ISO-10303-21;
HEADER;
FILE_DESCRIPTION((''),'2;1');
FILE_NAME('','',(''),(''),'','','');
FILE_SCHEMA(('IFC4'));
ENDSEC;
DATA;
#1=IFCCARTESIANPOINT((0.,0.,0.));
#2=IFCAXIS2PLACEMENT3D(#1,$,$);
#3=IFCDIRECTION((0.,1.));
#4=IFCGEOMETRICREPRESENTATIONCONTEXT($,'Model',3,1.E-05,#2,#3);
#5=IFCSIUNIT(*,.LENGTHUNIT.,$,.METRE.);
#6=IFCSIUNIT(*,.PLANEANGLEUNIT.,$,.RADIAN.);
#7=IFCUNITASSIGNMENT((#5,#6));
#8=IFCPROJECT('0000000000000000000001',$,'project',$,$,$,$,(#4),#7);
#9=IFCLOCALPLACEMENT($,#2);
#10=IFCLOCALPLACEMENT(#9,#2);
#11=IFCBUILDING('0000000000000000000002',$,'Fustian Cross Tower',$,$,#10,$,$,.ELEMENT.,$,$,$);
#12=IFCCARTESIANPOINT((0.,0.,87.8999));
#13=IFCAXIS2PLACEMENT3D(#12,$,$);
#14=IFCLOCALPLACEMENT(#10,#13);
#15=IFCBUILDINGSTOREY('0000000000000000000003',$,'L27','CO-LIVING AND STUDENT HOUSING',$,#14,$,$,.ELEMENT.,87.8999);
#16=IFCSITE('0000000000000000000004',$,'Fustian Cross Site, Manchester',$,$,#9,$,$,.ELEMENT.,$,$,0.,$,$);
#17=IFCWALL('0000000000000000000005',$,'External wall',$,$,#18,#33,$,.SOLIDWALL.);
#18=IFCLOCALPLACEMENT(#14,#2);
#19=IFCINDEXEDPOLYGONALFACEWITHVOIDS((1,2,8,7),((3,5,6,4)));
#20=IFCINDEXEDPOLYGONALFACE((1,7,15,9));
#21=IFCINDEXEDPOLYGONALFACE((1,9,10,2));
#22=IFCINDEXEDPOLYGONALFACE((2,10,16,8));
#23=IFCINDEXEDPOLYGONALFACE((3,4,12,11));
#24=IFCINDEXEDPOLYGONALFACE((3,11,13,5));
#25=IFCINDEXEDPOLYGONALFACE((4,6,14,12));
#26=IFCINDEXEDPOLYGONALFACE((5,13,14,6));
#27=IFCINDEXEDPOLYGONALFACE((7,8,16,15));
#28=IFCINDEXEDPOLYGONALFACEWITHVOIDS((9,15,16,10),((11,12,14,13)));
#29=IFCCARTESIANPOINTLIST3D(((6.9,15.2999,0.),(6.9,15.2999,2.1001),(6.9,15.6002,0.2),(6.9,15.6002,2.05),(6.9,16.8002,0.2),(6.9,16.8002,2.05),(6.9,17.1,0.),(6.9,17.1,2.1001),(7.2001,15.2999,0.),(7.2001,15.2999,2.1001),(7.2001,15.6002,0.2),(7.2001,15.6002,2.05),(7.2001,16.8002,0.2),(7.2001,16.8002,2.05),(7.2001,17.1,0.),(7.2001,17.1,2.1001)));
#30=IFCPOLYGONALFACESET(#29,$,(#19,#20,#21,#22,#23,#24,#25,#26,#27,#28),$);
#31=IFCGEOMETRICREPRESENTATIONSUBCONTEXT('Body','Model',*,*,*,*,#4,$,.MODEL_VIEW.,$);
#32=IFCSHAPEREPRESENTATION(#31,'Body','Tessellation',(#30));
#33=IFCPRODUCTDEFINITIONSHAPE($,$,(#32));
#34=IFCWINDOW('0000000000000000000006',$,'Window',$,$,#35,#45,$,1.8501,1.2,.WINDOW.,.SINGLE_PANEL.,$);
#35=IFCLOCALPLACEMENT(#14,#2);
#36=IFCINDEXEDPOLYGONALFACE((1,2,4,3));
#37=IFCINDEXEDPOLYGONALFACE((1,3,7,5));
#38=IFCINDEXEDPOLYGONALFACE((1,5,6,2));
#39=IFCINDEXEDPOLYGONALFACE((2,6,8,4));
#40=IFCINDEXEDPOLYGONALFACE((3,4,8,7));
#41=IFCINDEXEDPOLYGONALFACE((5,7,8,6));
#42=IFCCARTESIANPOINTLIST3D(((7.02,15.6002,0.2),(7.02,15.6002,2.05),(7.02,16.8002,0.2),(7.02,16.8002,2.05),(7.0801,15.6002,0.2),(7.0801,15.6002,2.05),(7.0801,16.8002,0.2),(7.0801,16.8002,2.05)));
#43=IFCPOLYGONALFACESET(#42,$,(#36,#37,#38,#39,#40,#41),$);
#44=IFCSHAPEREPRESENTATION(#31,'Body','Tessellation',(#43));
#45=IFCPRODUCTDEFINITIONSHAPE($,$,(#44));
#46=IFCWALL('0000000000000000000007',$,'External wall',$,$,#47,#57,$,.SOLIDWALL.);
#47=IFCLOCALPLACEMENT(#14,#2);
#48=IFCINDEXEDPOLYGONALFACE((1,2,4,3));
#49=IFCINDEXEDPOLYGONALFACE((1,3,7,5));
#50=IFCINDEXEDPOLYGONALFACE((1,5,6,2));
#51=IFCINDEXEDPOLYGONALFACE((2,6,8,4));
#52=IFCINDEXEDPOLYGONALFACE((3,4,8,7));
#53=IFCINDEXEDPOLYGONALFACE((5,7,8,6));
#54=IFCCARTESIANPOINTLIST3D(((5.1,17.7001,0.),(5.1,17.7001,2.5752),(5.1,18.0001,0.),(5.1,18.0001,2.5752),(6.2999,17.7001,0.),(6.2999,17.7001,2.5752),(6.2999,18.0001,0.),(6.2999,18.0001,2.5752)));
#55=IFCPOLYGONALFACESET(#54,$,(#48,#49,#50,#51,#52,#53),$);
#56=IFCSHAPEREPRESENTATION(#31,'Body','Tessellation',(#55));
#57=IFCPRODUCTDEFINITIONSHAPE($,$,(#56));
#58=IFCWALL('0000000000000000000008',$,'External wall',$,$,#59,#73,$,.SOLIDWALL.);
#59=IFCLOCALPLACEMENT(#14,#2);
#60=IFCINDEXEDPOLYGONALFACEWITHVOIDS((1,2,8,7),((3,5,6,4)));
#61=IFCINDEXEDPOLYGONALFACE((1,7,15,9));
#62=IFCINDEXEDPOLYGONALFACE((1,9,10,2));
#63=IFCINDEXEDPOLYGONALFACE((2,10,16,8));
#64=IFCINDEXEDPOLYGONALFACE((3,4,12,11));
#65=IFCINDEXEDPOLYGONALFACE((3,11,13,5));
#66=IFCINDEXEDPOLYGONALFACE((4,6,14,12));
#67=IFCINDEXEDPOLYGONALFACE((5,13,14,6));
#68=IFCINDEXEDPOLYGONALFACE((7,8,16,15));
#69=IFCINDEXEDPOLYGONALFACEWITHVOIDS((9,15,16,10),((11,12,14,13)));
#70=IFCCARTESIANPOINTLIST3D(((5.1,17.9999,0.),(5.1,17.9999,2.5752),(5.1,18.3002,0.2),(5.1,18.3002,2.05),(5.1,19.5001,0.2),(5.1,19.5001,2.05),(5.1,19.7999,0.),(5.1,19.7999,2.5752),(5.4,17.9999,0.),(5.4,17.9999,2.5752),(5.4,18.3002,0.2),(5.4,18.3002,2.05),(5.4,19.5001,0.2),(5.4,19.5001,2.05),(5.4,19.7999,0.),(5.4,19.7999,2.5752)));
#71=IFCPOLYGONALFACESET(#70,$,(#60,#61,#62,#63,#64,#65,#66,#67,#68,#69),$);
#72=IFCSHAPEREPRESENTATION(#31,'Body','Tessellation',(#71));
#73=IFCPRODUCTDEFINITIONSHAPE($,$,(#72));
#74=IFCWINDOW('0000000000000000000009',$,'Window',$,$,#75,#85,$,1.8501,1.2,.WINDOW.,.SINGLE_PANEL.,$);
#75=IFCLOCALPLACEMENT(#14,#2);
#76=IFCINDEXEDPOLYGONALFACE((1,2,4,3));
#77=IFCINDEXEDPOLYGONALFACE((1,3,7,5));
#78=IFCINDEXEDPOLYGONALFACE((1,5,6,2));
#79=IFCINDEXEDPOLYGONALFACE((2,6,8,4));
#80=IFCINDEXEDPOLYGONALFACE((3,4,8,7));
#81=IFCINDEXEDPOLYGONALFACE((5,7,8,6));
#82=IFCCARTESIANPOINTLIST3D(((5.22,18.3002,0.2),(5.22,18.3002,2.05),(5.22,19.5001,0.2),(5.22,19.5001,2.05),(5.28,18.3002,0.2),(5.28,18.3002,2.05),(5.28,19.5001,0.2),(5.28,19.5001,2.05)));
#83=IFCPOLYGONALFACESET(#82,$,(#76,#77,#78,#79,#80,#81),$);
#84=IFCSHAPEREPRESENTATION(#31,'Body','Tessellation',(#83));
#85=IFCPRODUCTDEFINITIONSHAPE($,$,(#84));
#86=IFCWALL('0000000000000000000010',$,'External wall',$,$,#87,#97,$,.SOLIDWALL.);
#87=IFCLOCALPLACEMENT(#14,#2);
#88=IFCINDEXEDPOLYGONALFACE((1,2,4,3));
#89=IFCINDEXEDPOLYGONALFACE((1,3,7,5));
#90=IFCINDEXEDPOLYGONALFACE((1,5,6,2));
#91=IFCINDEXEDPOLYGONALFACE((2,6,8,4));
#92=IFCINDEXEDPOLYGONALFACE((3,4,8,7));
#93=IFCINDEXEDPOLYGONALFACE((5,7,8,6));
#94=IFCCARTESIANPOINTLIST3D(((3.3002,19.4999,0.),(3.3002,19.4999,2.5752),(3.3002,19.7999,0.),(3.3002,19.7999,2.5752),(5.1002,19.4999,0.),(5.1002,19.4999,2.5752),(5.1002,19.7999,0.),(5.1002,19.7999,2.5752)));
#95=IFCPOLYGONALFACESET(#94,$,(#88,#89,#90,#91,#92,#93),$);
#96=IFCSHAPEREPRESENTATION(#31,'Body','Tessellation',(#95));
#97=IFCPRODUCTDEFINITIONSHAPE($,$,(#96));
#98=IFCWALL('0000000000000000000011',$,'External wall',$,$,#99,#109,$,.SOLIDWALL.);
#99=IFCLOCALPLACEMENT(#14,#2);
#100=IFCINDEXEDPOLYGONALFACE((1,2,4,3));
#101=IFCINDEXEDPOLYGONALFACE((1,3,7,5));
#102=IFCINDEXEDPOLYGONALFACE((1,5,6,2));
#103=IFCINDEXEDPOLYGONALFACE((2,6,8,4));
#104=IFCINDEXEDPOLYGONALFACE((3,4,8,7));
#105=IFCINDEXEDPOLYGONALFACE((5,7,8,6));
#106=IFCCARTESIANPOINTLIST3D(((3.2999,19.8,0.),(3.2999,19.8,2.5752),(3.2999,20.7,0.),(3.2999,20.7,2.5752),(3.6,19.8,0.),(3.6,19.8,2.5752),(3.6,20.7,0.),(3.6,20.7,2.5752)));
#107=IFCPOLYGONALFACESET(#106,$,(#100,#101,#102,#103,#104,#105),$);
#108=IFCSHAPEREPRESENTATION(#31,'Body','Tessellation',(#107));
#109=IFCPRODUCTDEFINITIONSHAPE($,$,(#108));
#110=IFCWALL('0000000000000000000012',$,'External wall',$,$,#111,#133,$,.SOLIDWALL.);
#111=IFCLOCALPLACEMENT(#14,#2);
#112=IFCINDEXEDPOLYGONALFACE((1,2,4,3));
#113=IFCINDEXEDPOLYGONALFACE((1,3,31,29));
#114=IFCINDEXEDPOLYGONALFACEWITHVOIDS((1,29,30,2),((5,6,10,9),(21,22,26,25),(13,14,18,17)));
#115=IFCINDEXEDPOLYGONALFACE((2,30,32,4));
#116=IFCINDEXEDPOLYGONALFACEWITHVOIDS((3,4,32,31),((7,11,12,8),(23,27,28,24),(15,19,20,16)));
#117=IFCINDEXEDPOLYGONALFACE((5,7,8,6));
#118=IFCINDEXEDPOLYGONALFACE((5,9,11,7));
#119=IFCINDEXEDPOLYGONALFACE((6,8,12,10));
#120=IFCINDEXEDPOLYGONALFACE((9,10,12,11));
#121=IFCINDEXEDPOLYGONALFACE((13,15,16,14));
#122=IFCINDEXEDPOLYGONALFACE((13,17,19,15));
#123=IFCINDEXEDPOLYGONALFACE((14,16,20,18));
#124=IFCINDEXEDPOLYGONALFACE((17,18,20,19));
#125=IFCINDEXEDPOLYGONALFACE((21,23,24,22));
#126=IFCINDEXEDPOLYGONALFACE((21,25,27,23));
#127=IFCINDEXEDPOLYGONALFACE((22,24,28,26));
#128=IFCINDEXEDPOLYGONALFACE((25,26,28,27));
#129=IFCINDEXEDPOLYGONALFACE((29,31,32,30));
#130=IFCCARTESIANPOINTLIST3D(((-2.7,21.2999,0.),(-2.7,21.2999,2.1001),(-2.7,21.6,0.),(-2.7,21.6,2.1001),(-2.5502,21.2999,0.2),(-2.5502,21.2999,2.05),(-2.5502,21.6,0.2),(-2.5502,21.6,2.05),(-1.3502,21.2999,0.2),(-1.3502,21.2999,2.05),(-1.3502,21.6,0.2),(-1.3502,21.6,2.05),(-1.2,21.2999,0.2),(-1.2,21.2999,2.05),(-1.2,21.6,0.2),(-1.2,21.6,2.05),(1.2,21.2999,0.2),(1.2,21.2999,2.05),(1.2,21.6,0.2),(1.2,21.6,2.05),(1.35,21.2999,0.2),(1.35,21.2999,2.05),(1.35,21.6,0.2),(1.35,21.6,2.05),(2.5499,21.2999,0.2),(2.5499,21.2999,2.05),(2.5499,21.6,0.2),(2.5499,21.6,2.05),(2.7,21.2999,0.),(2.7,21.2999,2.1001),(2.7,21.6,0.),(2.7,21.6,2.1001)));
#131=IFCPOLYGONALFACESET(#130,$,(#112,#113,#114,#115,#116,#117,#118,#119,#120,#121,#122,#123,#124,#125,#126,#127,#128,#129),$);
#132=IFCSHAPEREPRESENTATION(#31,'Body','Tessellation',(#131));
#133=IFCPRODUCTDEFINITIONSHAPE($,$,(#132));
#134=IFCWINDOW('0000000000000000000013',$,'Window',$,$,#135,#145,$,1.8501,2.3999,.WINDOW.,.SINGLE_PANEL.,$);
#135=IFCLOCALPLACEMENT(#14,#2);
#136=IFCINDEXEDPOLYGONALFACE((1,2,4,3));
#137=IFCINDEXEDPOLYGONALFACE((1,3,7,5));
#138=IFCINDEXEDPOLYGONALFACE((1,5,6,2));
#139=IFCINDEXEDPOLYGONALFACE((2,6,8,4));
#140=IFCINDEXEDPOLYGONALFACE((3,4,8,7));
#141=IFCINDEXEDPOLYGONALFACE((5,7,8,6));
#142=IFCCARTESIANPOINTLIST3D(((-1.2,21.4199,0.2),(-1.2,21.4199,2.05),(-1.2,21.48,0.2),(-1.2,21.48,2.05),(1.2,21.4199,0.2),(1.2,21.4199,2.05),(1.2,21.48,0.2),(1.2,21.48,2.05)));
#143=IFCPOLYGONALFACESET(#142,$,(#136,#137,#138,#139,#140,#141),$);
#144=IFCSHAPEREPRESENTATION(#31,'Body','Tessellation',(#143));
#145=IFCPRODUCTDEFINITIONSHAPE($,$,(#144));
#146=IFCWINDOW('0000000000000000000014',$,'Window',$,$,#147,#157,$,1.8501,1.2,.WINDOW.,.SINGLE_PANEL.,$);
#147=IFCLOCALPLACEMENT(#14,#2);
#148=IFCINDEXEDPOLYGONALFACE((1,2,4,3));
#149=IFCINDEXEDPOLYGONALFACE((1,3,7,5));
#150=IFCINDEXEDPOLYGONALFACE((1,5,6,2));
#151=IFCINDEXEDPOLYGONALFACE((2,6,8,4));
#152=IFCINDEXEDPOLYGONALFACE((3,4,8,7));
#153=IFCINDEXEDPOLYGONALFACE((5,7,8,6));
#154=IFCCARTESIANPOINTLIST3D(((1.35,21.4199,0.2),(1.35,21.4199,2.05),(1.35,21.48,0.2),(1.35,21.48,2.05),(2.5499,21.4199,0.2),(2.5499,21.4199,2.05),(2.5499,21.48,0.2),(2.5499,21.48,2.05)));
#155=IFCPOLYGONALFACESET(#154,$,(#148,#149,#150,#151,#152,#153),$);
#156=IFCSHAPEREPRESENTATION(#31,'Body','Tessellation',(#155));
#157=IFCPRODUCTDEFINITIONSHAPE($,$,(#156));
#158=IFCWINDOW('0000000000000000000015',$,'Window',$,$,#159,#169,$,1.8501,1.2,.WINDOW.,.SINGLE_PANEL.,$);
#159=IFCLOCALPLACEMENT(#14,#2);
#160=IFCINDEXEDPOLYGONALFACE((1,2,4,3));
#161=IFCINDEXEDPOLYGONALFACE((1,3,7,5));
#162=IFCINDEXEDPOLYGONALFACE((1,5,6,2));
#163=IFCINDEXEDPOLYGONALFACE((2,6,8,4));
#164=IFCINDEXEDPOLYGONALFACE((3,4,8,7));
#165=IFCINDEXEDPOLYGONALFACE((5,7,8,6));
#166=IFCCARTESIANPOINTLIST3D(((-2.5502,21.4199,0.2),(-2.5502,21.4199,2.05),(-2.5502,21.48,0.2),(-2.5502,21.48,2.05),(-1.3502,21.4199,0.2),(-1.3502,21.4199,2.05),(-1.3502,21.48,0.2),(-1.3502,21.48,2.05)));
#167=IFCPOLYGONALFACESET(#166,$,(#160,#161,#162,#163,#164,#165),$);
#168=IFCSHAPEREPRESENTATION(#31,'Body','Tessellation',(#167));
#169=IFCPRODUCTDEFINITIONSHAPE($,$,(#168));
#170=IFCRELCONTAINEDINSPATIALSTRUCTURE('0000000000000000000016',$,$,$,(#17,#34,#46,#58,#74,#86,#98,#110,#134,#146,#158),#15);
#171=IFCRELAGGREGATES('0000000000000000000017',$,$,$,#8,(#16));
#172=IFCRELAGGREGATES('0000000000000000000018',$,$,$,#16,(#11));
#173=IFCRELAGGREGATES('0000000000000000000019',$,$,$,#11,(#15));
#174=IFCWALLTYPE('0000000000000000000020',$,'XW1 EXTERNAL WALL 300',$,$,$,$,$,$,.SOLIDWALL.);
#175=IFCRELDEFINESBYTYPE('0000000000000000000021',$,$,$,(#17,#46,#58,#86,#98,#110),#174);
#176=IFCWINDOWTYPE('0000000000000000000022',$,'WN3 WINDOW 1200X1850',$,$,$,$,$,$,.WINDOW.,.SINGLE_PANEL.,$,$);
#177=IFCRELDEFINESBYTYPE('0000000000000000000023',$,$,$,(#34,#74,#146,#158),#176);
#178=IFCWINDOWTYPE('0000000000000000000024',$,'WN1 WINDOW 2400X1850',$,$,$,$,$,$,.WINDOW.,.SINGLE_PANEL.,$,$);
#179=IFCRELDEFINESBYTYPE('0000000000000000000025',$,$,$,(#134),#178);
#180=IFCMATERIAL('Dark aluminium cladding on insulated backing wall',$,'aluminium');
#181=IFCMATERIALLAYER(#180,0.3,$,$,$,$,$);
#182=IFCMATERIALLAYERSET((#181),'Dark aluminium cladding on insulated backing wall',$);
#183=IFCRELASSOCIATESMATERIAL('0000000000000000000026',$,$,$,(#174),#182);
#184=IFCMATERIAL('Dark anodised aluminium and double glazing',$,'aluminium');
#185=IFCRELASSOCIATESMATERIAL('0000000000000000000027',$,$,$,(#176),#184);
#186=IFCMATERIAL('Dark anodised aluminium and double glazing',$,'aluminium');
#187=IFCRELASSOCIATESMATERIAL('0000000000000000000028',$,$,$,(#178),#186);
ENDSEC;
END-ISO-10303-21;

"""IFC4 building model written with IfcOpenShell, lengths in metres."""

from ifc_helpers import new_model, si_unit, direction, frame, frame_2d, origin, place, context, subcontext, project, spatial, rectangle, extrude, material, layer, layer_set, type_object, element, fill, save


model = new_model("IFC4")

# Units and contexts
model_context = context("Model", 3, precision=1e-05, world=origin(), true_north=direction((0.0, 1.0)))
body_context = subcontext(model_context, "Body", "Model", "MODEL_VIEW")
ifc_project = project(units=[si_unit("LENGTHUNIT", "METRE"), si_unit("PLANEANGLEUNIT", "RADIAN")], contexts=[model_context])

# Site, building, storey
site_placement = place(None, origin())
site = spatial("IfcSite", under=ifc_project, at=site_placement, Name="Fustian Cross Site, Manchester", CompositionType="ELEMENT", RefElevation=0.0)
building_placement = place(site_placement, origin())
building = spatial("IfcBuilding", under=site, at=building_placement, Name="Fustian Cross Tower", CompositionType="ELEMENT")
storey_placement = place(building_placement, frame((0.0, 0.0, 87.8999)))
storey = spatial("IfcBuildingStorey", under=building, at=storey_placement, Name="L27", Description="CO-LIVING AND STUDENT HOUSING", CompositionType="ELEMENT", Elevation=87.8999)

# Shared definitions
ifc_material_1 = material(Name="Dark aluminium cladding on insulated backing wall", Category="aluminium")
ifc_layer_1 = layer(ifc_material_1, 0.3)
ifc_layer_set_1 = layer_set([ifc_layer_1], Name="Dark aluminium cladding on insulated backing wall")
wall_type_1 = type_object("IfcWallType", Name="XW1 EXTERNAL WALL 300", PredefinedType="SOLIDWALL", material=ifc_layer_set_1)

# Wall, opening, window
wall_1_placement = place(storey_placement, frame((7.05, 15.3, 0.0), z_axis=(0.0, 0.0, 1.0), x_axis=(0.0, 1.0, 0.0)))
wall_1 = element("IfcWall", 1, at=wall_1_placement, inside=storey, type_object=wall_type_1, Name="External wall", PredefinedType="SOLIDWALL", context=body_context, shape_type="SweptSolid", body=[
    extrude(rectangle(XDim=1.8, YDim=0.3, at=frame_2d((0.8999, 0.0))), origin(), (0.0, 0.0, 1.0), 2.1001),
])
opening_1_placement = place(wall_1_placement, frame((0.3, 0.0, 0.2)))
opening_1 = element("IfcOpeningElement", 2, at=opening_1_placement, cuts=wall_1, PredefinedType="OPENING", context=body_context, shape_type="SweptSolid", body=[
    extrude(rectangle(XDim=1.2, YDim=1.8501, at=frame_2d((0.6001, 0.925))), frame((0.0, 0.1599, 0.0), z_axis=(0.0, -1.0, 0.0), x_axis=(1.0, 0.0, 0.0)), (0.0, 0.0, 1.0), 0.3201),
])
ifc_material_2 = material(Name="Dark anodised aluminium and double glazing", Category="aluminium")
window_type_1 = type_object("IfcWindowType", Name="WN3 WINDOW 1200X1850", PartitioningType="SINGLE_PANEL", PredefinedType="WINDOW", material=ifc_material_2)
window_1_placement = place(opening_1_placement, origin())
window_1 = element("IfcWindow", 3, at=window_1_placement, inside=storey, type_object=window_type_1, Name="Window", OverallHeight=1.8501, OverallWidth=1.2, PartitioningType="SINGLE_PANEL", PredefinedType="WINDOW", context=body_context, shape_type="SweptSolid", body=[
    extrude(rectangle(XDim=1.2, YDim=1.8501, at=frame_2d((0.6001, 0.925))), frame((0.0, 0.03, 0.0), z_axis=(0.0, -1.0, 0.0), x_axis=(1.0, 0.0, 0.0)), (0.0, 0.0, 1.0), 0.0601),
])
fill(opening_1, window_1)

# Wall
wall_2_placement = place(storey_placement, frame((6.3, 17.8501, 0.0), z_axis=(0.0, 0.0, 1.0), x_axis=(-1.0, 0.0, 0.0)))
element("IfcWall", 4, at=wall_2_placement, inside=storey, type_object=wall_type_1, Name="External wall", PredefinedType="SOLIDWALL", context=body_context, shape_type="SweptSolid", body=[
    extrude(rectangle(XDim=1.2, YDim=0.3, at=frame_2d((0.6001, 0.0))), origin(), (0.0, 0.0, 1.0), 2.5752),
])

# Wall, opening, window
wall_3_placement = place(storey_placement, frame((5.25, 18.0, 0.0), z_axis=(0.0, 0.0, 1.0), x_axis=(0.0, 1.0, 0.0)))
wall_3 = element("IfcWall", 5, at=wall_3_placement, inside=storey, type_object=wall_type_1, Name="External wall", PredefinedType="SOLIDWALL", context=body_context, shape_type="SweptSolid", body=[
    extrude(rectangle(XDim=1.8, YDim=0.3, at=frame_2d((0.8999, 0.0))), origin(), (0.0, 0.0, 1.0), 2.5752),
])
opening_2_placement = place(wall_3_placement, frame((0.3, 0.0, 0.2)))
opening_2 = element("IfcOpeningElement", 6, at=opening_2_placement, cuts=wall_3, PredefinedType="OPENING", context=body_context, shape_type="SweptSolid", body=[
    extrude(rectangle(XDim=1.2, YDim=1.8501, at=frame_2d((0.6001, 0.925))), frame((0.0, 0.1599, 0.0), z_axis=(0.0, -1.0, 0.0), x_axis=(1.0, 0.0, 0.0)), (0.0, 0.0, 1.0), 0.3201),
])
window_2_placement = place(opening_2_placement, origin())
window_2 = element("IfcWindow", 7, at=window_2_placement, inside=storey, type_object=window_type_1, Name="Window", OverallHeight=1.8501, OverallWidth=1.2, PartitioningType="SINGLE_PANEL", PredefinedType="WINDOW", context=body_context, shape_type="SweptSolid", body=[
    extrude(rectangle(XDim=1.2, YDim=1.8501, at=frame_2d((0.6001, 0.925))), frame((0.0, 0.03, 0.0), z_axis=(0.0, -1.0, 0.0), x_axis=(1.0, 0.0, 0.0)), (0.0, 0.0, 1.0), 0.0601),
])
fill(opening_2, window_2)

# Walls
wall_4_placement = place(storey_placement, frame((5.1001, 19.6499, 0.0), z_axis=(0.0, 0.0, 1.0), x_axis=(-1.0, 0.0, 0.0)))
element("IfcWall", 8, at=wall_4_placement, inside=storey, type_object=wall_type_1, Name="External wall", PredefinedType="SOLIDWALL", context=body_context, shape_type="SweptSolid", body=[
    extrude(rectangle(XDim=1.8, YDim=0.3, at=frame_2d((0.8999, 0.0))), origin(), (0.0, 0.0, 1.0), 2.5752),
])
wall_5_placement = place(storey_placement, frame((3.45, 19.8, 0.0), z_axis=(0.0, 0.0, 1.0), x_axis=(0.0, 1.0, 0.0)))
element("IfcWall", 9, at=wall_5_placement, inside=storey, type_object=wall_type_1, Name="External wall", PredefinedType="SOLIDWALL", context=body_context, shape_type="SweptSolid", body=[
    extrude(rectangle(XDim=0.8999, YDim=0.3, at=frame_2d((0.45, 0.0))), origin(), (0.0, 0.0, 1.0), 2.5752),
])

# Wall, openings, windows
wall_6_placement = place(storey_placement, frame((2.7, 21.45, 0.0), z_axis=(0.0, 0.0, 1.0), x_axis=(-1.0, 0.0, 0.0)))
wall_6 = element("IfcWall", 10, at=wall_6_placement, inside=storey, type_object=wall_type_1, Name="External wall", PredefinedType="SOLIDWALL", context=body_context, shape_type="SweptSolid", body=[
    extrude(rectangle(XDim=5.3999, YDim=0.3, at=frame_2d((2.7, 0.0))), origin(), (0.0, 0.0, 1.0), 2.1001),
])
opening_3_placement = place(wall_6_placement, frame((1.5, 0.0, 0.2)))
opening_3 = element("IfcOpeningElement", 11, at=opening_3_placement, cuts=wall_6, PredefinedType="OPENING", context=body_context, shape_type="SweptSolid", body=[
    extrude(rectangle(XDim=2.3999, YDim=1.8501, at=frame_2d((1.2, 0.925))), frame((0.0, 0.1599, 0.0), z_axis=(0.0, -1.0, 0.0), x_axis=(1.0, 0.0, 0.0)), (0.0, 0.0, 1.0), 0.3201),
])
opening_4_placement = place(wall_6_placement, frame((0.1499, 0.0, 0.2)))
opening_4 = element("IfcOpeningElement", 12, at=opening_4_placement, cuts=wall_6, PredefinedType="OPENING", context=body_context, shape_type="SweptSolid", body=[
    extrude(rectangle(XDim=1.2, YDim=1.8501, at=frame_2d((0.6001, 0.925))), frame((0.0, 0.1599, 0.0), z_axis=(0.0, -1.0, 0.0), x_axis=(1.0, 0.0, 0.0)), (0.0, 0.0, 1.0), 0.3201),
])
opening_5_placement = place(wall_6_placement, frame((4.05, 0.0, 0.2)))
opening_5 = element("IfcOpeningElement", 13, at=opening_5_placement, cuts=wall_6, PredefinedType="OPENING", context=body_context, shape_type="SweptSolid", body=[
    extrude(rectangle(XDim=1.2, YDim=1.8501, at=frame_2d((0.6001, 0.925))), frame((0.0, 0.1599, 0.0), z_axis=(0.0, -1.0, 0.0), x_axis=(1.0, 0.0, 0.0)), (0.0, 0.0, 1.0), 0.3201),
])
ifc_material_3 = material(Name="Dark anodised aluminium and double glazing", Category="aluminium")
window_type_2 = type_object("IfcWindowType", Name="WN1 WINDOW 2400X1850", PartitioningType="SINGLE_PANEL", PredefinedType="WINDOW", material=ifc_material_3)
window_3_placement = place(opening_3_placement, origin())
window_3 = element("IfcWindow", 14, at=window_3_placement, inside=storey, type_object=window_type_2, Name="Window", OverallHeight=1.8501, OverallWidth=2.3999, PartitioningType="SINGLE_PANEL", PredefinedType="WINDOW", context=body_context, shape_type="SweptSolid", body=[
    extrude(rectangle(XDim=2.3999, YDim=1.8501, at=frame_2d((1.2, 0.925))), frame((0.0, 0.03, 0.0), z_axis=(0.0, -1.0, 0.0), x_axis=(1.0, 0.0, 0.0)), (0.0, 0.0, 1.0), 0.0601),
])
fill(opening_3, window_3)
window_4_placement = place(opening_4_placement, origin())
window_4 = element("IfcWindow", 15, at=window_4_placement, inside=storey, type_object=window_type_1, Name="Window", OverallHeight=1.8501, OverallWidth=1.2, PartitioningType="SINGLE_PANEL", PredefinedType="WINDOW", context=body_context, shape_type="SweptSolid", body=[
    extrude(rectangle(XDim=1.2, YDim=1.8501, at=frame_2d((0.6001, 0.925))), frame((0.0, 0.03, 0.0), z_axis=(0.0, -1.0, 0.0), x_axis=(1.0, 0.0, 0.0)), (0.0, 0.0, 1.0), 0.0601),
])
fill(opening_4, window_4)
window_5_placement = place(opening_5_placement, origin())
window_5 = element("IfcWindow", 16, at=window_5_placement, inside=storey, type_object=window_type_1, Name="Window", OverallHeight=1.8501, OverallWidth=1.2, PartitioningType="SINGLE_PANEL", PredefinedType="WINDOW", context=body_context, shape_type="SweptSolid", body=[
    extrude(rectangle(XDim=1.2, YDim=1.8501, at=frame_2d((0.6001, 0.925))), frame((0.0, 0.03, 0.0), z_axis=(0.0, -1.0, 0.0), x_axis=(1.0, 0.0, 0.0)), (0.0, 0.0, 1.0), 0.0601),
])
fill(opening_5, window_5)

save(model, "model.ifc")
